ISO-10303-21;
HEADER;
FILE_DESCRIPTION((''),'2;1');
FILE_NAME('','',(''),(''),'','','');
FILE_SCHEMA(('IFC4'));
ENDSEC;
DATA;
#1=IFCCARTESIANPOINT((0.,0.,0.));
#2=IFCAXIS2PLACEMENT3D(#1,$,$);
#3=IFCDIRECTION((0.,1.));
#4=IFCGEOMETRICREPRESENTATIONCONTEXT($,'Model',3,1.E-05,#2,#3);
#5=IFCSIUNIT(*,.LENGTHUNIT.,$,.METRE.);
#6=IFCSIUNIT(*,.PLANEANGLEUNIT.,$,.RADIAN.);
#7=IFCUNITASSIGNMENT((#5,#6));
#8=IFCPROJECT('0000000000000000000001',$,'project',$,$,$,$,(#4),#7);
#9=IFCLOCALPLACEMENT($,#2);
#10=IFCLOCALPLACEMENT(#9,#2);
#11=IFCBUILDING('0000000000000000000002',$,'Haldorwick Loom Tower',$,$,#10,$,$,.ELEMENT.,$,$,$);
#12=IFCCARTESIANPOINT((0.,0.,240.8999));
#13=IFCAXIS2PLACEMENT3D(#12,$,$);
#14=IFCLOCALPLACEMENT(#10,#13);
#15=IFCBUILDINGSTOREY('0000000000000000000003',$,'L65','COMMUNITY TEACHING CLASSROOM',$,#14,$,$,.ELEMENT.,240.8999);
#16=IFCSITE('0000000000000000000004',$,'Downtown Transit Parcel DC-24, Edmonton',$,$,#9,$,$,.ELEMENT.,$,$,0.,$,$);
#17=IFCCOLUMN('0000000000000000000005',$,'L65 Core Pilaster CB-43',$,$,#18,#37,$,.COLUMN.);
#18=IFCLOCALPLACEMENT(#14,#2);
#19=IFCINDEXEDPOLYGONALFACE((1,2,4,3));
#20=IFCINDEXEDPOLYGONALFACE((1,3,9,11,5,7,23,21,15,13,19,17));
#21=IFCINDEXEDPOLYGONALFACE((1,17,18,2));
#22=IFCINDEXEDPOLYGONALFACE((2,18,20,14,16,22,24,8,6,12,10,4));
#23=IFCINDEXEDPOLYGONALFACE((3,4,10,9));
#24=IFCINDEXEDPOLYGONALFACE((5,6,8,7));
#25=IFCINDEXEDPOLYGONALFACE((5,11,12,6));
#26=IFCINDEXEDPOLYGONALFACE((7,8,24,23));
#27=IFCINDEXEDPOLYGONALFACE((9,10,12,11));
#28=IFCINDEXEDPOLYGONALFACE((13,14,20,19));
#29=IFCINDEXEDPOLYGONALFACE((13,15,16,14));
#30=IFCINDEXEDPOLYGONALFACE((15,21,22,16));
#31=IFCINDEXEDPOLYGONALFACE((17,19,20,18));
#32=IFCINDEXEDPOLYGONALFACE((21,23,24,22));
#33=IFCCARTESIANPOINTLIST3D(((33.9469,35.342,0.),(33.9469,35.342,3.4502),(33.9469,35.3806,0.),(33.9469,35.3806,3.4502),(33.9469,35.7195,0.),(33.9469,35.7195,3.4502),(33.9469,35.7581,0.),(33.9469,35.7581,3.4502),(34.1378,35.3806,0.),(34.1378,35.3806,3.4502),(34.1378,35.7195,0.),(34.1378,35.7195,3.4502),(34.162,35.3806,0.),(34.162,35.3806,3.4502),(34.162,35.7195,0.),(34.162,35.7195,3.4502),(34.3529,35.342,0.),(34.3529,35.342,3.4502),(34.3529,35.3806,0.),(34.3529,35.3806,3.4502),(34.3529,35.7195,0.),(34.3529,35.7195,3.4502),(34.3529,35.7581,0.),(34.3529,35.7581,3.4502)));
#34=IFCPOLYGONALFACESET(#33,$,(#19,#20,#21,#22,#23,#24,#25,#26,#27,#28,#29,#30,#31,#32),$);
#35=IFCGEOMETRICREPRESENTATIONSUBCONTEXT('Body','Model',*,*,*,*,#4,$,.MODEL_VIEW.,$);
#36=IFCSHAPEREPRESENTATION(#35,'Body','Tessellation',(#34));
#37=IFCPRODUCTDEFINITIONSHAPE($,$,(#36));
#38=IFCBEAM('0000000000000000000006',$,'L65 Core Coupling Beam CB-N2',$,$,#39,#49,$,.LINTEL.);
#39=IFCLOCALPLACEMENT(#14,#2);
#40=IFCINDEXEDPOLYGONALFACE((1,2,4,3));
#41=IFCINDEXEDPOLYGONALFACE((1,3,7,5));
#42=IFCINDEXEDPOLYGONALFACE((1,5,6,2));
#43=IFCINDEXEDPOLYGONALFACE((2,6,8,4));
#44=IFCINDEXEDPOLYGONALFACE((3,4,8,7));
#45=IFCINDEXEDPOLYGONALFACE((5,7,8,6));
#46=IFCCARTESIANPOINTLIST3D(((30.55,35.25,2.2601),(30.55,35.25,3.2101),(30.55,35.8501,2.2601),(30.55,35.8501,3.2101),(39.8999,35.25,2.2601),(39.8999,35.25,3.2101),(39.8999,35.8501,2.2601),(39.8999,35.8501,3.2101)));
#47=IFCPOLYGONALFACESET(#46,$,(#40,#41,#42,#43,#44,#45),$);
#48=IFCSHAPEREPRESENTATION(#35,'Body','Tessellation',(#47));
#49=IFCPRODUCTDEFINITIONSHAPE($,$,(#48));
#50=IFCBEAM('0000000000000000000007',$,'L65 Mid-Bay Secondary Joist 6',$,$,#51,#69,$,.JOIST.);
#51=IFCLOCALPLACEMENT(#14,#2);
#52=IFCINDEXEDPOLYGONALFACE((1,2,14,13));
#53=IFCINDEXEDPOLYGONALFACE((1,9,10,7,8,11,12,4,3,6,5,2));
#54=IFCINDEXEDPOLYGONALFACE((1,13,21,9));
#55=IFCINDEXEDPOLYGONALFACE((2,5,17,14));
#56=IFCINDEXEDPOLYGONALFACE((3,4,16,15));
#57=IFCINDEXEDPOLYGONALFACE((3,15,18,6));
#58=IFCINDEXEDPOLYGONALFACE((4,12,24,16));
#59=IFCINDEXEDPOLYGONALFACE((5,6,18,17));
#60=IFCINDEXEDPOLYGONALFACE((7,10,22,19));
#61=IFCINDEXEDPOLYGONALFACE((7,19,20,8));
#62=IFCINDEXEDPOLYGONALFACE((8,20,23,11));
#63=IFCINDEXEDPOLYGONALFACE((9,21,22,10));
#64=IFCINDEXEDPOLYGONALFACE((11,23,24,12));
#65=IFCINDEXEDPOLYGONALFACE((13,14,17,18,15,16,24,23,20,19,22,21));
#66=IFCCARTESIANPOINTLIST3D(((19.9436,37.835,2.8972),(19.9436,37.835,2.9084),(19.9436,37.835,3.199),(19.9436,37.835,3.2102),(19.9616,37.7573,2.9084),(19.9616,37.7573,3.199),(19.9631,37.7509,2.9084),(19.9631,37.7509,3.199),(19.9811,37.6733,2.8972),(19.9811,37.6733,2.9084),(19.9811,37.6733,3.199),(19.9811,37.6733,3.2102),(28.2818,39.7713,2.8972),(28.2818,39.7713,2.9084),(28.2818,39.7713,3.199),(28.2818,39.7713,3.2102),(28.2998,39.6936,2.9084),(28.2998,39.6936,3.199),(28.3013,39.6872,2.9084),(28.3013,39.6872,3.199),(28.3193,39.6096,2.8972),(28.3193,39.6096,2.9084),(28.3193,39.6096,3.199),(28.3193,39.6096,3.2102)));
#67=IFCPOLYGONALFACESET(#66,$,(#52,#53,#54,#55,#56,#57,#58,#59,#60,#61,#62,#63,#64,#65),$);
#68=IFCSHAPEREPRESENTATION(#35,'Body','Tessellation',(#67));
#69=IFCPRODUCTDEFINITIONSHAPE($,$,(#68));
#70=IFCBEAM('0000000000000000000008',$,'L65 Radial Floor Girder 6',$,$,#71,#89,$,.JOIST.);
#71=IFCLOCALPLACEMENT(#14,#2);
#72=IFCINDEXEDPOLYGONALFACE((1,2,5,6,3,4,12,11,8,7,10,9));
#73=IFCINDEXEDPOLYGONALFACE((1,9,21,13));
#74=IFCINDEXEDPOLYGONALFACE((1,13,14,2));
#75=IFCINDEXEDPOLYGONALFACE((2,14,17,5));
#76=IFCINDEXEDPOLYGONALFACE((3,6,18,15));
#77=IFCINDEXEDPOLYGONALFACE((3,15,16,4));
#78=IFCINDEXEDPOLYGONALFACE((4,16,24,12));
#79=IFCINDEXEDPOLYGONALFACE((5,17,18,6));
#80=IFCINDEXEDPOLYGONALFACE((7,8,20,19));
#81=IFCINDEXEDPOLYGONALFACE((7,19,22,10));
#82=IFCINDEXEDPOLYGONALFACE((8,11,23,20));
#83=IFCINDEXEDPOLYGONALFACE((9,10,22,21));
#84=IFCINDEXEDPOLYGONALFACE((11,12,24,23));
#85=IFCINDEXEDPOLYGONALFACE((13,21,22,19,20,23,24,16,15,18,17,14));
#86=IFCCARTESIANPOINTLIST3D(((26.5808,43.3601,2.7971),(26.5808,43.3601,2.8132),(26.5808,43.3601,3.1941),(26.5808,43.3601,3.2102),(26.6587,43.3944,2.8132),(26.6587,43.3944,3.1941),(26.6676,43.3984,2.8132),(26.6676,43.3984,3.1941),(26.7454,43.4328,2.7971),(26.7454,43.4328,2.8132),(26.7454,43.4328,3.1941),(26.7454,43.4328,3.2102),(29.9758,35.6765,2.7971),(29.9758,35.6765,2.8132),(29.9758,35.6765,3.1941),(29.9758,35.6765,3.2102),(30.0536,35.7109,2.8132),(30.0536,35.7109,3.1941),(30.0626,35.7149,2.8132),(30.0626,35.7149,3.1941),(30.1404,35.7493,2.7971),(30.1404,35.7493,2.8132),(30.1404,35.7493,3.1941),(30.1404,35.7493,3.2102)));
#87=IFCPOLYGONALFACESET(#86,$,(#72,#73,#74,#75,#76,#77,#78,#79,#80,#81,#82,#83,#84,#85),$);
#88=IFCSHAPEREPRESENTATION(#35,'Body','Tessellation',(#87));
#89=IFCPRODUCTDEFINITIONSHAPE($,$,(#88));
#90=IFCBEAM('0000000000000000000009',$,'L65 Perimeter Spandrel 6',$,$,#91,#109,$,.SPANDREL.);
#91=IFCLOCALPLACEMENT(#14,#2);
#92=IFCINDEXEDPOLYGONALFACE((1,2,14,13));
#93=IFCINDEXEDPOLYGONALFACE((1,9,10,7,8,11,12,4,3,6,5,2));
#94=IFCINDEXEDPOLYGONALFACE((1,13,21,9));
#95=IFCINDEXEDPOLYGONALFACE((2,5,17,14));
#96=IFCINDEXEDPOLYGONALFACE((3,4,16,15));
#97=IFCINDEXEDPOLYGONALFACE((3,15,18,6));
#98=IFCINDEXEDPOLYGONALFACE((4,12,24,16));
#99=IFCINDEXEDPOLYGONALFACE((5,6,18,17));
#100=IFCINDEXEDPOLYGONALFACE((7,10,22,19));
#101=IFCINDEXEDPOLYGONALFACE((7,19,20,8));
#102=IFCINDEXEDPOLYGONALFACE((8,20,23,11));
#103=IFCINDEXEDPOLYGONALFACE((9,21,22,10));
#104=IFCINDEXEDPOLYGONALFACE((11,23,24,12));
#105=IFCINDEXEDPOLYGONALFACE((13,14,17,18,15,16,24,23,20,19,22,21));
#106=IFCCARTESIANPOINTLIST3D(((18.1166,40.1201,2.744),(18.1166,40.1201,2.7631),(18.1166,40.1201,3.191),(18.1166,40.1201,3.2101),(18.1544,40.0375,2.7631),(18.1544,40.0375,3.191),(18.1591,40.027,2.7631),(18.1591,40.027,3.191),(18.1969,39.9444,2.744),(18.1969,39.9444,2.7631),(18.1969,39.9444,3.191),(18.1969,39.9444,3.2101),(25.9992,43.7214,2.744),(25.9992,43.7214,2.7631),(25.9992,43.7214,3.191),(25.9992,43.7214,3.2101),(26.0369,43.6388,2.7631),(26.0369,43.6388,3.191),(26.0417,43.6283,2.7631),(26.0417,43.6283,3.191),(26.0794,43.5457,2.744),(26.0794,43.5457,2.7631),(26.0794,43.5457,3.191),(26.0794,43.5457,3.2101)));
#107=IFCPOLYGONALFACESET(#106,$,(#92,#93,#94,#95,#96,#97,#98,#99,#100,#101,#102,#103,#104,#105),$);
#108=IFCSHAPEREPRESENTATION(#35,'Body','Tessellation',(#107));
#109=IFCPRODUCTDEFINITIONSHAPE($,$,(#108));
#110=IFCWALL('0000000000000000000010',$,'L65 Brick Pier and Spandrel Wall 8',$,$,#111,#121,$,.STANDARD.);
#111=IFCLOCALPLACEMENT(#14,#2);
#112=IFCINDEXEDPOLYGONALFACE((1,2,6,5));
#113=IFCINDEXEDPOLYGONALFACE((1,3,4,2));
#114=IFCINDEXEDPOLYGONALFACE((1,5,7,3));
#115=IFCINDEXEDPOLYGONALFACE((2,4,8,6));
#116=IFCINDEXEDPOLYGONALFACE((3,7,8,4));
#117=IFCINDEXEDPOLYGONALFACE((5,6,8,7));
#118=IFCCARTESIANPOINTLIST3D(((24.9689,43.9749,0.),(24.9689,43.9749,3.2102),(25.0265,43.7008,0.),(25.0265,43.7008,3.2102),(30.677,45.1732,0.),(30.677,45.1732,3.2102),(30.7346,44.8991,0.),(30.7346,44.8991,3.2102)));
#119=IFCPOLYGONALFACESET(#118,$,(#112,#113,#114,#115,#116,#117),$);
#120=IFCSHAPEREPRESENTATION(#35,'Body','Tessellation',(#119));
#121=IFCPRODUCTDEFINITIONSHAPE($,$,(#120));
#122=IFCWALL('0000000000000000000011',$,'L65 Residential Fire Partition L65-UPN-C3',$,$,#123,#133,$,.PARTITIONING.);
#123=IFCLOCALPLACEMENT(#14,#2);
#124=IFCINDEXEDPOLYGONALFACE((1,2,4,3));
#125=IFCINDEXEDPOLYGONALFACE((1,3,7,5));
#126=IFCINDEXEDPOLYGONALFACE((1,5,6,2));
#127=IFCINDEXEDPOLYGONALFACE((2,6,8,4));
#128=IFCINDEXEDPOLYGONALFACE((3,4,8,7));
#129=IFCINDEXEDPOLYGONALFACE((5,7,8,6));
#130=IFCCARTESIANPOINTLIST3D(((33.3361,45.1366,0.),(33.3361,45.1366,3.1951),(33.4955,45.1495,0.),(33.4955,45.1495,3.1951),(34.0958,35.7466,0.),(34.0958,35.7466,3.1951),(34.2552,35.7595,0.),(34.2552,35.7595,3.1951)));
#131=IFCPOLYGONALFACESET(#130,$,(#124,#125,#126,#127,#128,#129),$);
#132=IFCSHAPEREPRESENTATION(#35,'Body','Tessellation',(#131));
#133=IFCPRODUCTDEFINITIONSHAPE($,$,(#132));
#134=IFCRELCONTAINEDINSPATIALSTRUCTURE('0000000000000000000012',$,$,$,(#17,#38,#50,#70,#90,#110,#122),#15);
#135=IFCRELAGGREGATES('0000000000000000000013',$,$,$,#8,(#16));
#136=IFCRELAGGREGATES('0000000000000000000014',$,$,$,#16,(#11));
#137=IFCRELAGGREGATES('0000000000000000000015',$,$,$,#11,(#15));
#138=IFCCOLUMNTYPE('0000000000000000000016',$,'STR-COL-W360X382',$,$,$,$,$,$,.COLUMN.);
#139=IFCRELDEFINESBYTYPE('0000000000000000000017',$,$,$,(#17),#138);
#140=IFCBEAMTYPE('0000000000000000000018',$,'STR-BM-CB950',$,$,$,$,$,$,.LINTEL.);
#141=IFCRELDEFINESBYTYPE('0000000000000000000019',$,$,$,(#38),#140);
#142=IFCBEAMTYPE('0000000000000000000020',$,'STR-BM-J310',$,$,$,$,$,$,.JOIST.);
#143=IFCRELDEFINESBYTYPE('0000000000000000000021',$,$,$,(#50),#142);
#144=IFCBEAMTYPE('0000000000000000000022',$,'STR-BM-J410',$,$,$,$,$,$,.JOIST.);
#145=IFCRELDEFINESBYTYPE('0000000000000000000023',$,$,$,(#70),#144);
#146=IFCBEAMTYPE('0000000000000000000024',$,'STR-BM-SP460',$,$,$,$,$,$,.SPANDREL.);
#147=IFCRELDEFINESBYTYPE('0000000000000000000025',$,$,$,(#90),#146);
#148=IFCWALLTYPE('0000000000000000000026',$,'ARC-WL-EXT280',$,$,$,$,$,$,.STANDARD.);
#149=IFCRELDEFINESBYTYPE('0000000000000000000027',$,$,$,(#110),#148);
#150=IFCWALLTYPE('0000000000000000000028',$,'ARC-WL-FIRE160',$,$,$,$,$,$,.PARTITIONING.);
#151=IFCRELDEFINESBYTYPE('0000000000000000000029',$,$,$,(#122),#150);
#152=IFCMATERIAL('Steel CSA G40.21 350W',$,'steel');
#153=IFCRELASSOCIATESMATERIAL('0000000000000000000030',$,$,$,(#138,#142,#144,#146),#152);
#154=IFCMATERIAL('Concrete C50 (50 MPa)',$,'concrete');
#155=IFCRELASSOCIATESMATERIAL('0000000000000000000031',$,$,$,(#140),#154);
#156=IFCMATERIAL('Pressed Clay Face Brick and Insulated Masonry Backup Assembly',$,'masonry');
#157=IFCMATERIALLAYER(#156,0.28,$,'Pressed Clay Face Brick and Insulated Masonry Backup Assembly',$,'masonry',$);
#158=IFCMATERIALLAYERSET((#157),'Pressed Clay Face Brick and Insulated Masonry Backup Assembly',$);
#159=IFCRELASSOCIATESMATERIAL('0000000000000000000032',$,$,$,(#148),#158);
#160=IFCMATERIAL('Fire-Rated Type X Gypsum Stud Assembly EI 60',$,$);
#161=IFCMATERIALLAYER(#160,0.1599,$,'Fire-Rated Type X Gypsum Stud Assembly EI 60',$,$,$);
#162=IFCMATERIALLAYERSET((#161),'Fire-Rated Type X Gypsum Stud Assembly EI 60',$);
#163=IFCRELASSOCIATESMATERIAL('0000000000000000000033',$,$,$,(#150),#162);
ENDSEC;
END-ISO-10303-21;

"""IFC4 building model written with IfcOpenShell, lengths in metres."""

from ifc_helpers import new_model, si_unit, direction, frame, frame_2d, origin, origin_2d, place, context, subcontext, project, spatial, rectangle, i_section, extrude, material, layer, layer_set, material_profile, profile_set, type_object, element, save


model = new_model("IFC4")

# Units and contexts
model_context = context("Model", 3, precision=1e-05, world=origin(), true_north=direction((0.0, 1.0)))
body_context = subcontext(model_context, "Body", "Model", "MODEL_VIEW")
ifc_project = project(units=[si_unit("LENGTHUNIT", "METRE"), si_unit("PLANEANGLEUNIT", "RADIAN")], contexts=[model_context])

# Site, building, storey
site_placement = place(None, origin())
site = spatial("IfcSite", under=ifc_project, at=site_placement, Name="Downtown Transit Parcel DC-24, Edmonton", CompositionType="ELEMENT", RefElevation=0.0)
building_placement = place(site_placement, origin())
building = spatial("IfcBuilding", under=site, at=building_placement, Name="Haldorwick Loom Tower", CompositionType="ELEMENT")
storey_placement = place(building_placement, frame((0.0, 0.0, 240.8999)))
storey = spatial("IfcBuildingStorey", under=building, at=storey_placement, Name="L65", Description="COMMUNITY TEACHING CLASSROOM", CompositionType="ELEMENT", Elevation=240.8999)

# Column
ifc_material_1 = material(Name="Steel CSA G40.21 350W", Category="steel")
ifc_material_profile_1 = material_profile(ifc_material_1, i_section(OverallWidth=0.406, OverallDepth=0.416, WebThickness=0.0242, FlangeThickness=0.0386, at=origin_2d()), Name="W360X382", Category="steel")
ifc_profile_set_1 = profile_set([ifc_material_profile_1], Name="Steel CSA G40.21 350W")
column_type_1 = type_object("IfcColumnType", Name="STR-COL-W360X382", PredefinedType="COLUMN", material=ifc_profile_set_1)
for number, where, z_axis, x_axis, name in (
    (1, (34.1499, 35.55, 0.0), (0.0, 0.0, 1.0), (1.0, 0.0, 0.0), "L65 Core Pilaster CB-43"),
):
    element("IfcColumn", number, at=place(storey_placement, frame(where, z_axis=z_axis, x_axis=x_axis)), inside=storey, type_object=column_type_1, Name=name, PredefinedType="COLUMN", context=body_context, shape_type="SweptSolid", body=[
        extrude(i_section(OverallWidth=0.406, OverallDepth=0.416, WebThickness=0.0242, FlangeThickness=0.0386, at=origin_2d()), origin(), (0.0, 0.0, 1.0), 3.4502),
    ])

# Beams
ifc_material_2 = material(Name="Concrete C50 (50 MPa)", Category="concrete")
ifc_material_profile_2 = material_profile(ifc_material_2, rectangle(XDim=0.6001, YDim=0.95, at=origin_2d()), Name="RC600X950", Category="concrete")
ifc_profile_set_2 = profile_set([ifc_material_profile_2], Name="Concrete C50 (50 MPa)")
beam_type_1 = type_object("IfcBeamType", Name="STR-BM-CB950", PredefinedType="LINTEL", material=ifc_profile_set_2)
beam_1_placement = place(storey_placement, frame((30.55, 35.55, 2.7351), z_axis=(1.0, 0.0, 0.0), x_axis=(0.0, 1.0, 0.0)))
element("IfcBeam", 2, at=beam_1_placement, inside=storey, type_object=beam_type_1, Name="L65 Core Coupling Beam CB-N2", PredefinedType="LINTEL", context=body_context, shape_type="SweptSolid", body=[
    extrude(rectangle(XDim=0.6001, YDim=0.95, at=origin_2d()), origin(), (0.0, 0.0, 1.0), 9.3499),
])
ifc_material_profile_3 = material_profile(ifc_material_1, i_section(OverallWidth=0.166, OverallDepth=0.313, WebThickness=0.0066, FlangeThickness=0.0112, at=origin_2d()), Name="W310X45", Category="steel")
ifc_profile_set_3 = profile_set([ifc_material_profile_3], Name="Steel CSA G40.21 350W")
beam_type_2 = type_object("IfcBeamType", Name="STR-BM-J310", PredefinedType="JOIST", material=ifc_profile_set_3)
beam_2_placement = place(storey_placement, frame((28.3005, 39.6904, 3.0537), z_axis=(-0.974081, -0.226201, 0.0), x_axis=(0.226201, -0.974081, 0.0)))
element("IfcBeam", 3, at=beam_2_placement, inside=storey, type_object=beam_type_2, Name="L65 Mid-Bay Secondary Joist 6", PredefinedType="JOIST", context=body_context, shape_type="SweptSolid", body=[
    extrude(i_section(OverallWidth=0.166, OverallDepth=0.313, WebThickness=0.0066, FlangeThickness=0.0112, at=origin_2d()), origin(), (0.0, 0.0, 1.0), 8.5601),
])
ifc_material_profile_4 = material_profile(ifc_material_1, i_section(OverallWidth=0.1799, OverallDepth=0.4131, WebThickness=0.0098, FlangeThickness=0.0161, at=origin_2d()), Name="W410X74", Category="steel")
ifc_profile_set_4 = profile_set([ifc_material_profile_4], Name="Steel CSA G40.21 350W")
beam_type_3 = type_object("IfcBeamType", Name="STR-BM-J410", PredefinedType="JOIST", material=ifc_profile_set_4)
beam_3_placement = place(storey_placement, frame((30.0581, 35.7129, 3.0037), z_axis=(-0.404158, 0.914689, 0.0), x_axis=(-0.914689, -0.404158, 0.0)))
element("IfcBeam", 4, at=beam_3_placement, inside=storey, type_object=beam_type_3, Name="L65 Radial Floor Girder 6", PredefinedType="JOIST", context=body_context, shape_type="SweptSolid", body=[
    extrude(i_section(OverallWidth=0.1799, OverallDepth=0.4131, WebThickness=0.0098, FlangeThickness=0.0161, at=origin_2d()), origin(), (0.0, 0.0, 1.0), 8.4001),
])
ifc_material_profile_5 = material_profile(ifc_material_1, i_section(OverallWidth=0.1931, OverallDepth=0.4661, WebThickness=0.0115, FlangeThickness=0.019, at=origin_2d()), Name="W460X97", Category="steel")
ifc_profile_set_5 = profile_set([ifc_material_profile_5], Name="Steel CSA G40.21 350W")
beam_type_4 = type_object("IfcBeamType", Name="STR-BM-SP460", PredefinedType="SPANDREL", material=ifc_profile_set_5)
beam_4_placement = place(storey_placement, frame((26.0393, 43.6335, 2.9771), z_axis=(-0.909568, -0.415555, 0.0), x_axis=(0.415555, -0.909568, 0.0)))
element("IfcBeam", 5, at=beam_4_placement, inside=storey, type_object=beam_type_4, Name="L65 Perimeter Spandrel 6", PredefinedType="SPANDREL", context=body_context, shape_type="SweptSolid", body=[
    extrude(i_section(OverallWidth=0.1931, OverallDepth=0.4661, WebThickness=0.0115, FlangeThickness=0.019, at=origin_2d()), origin(), (0.0, 0.0, 1.0), 8.6663),
])

# Walls
ifc_material_3 = material(Name="Pressed Clay Face Brick and Insulated Masonry Backup Assembly", Category="masonry")
ifc_layer_1 = layer(ifc_material_3, 0.28, Name="Pressed Clay Face Brick and Insulated Masonry Backup Assembly", Category="masonry")
ifc_layer_set_1 = layer_set([ifc_layer_1], Name="Pressed Clay Face Brick and Insulated Masonry Backup Assembly")
wall_type_1 = type_object("IfcWallType", Name="ARC-WL-EXT280", PredefinedType="STANDARD", material=ifc_layer_set_1)
wall_1_placement = place(storey_placement, frame((30.7058, 45.0361, 0.0), z_axis=(0.0, 0.0, 1.0), x_axis=(-0.978669, -0.205445, 0.0)))
element("IfcWall", 6, at=wall_1_placement, inside=storey, type_object=wall_type_1, Name="L65 Brick Pier and Spandrel Wall 8", PredefinedType="STANDARD", context=body_context, shape_type="SweptSolid", body=[
    extrude(rectangle(XDim=5.8325, YDim=0.28, at=frame_2d((2.9163, 0.0))), origin(), (0.0, 0.0, 1.0), 3.2102),
])
ifc_material_4 = material(Name="Fire-Rated Type X Gypsum Stud Assembly EI 60")
ifc_layer_2 = layer(ifc_material_4, 0.1599, Name="Fire-Rated Type X Gypsum Stud Assembly EI 60")
ifc_layer_set_2 = layer_set([ifc_layer_2], Name="Fire-Rated Type X Gypsum Stud Assembly EI 60")
wall_type_2 = type_object("IfcWallType", Name="ARC-WL-FIRE160", PredefinedType="PARTITIONING", material=ifc_layer_set_2)
wall_2_placement = place(storey_placement, frame((34.1755, 35.7529, 0.0), z_axis=(0.0, 0.0, 1.0), x_axis=(-0.08065, 0.996743, 0.0)))
element("IfcWall", 7, at=wall_2_placement, inside=storey, type_object=wall_type_2, Name="L65 Residential Fire Partition L65-UPN-C3", PredefinedType="PARTITIONING", context=body_context, shape_type="SweptSolid", body=[
    extrude(rectangle(XDim=9.4207, YDim=0.1599, at=frame_2d((4.7104, 0.0))), origin(), (0.0, 0.0, 1.0), 3.1951),
])

save(model, "model.ifc")
